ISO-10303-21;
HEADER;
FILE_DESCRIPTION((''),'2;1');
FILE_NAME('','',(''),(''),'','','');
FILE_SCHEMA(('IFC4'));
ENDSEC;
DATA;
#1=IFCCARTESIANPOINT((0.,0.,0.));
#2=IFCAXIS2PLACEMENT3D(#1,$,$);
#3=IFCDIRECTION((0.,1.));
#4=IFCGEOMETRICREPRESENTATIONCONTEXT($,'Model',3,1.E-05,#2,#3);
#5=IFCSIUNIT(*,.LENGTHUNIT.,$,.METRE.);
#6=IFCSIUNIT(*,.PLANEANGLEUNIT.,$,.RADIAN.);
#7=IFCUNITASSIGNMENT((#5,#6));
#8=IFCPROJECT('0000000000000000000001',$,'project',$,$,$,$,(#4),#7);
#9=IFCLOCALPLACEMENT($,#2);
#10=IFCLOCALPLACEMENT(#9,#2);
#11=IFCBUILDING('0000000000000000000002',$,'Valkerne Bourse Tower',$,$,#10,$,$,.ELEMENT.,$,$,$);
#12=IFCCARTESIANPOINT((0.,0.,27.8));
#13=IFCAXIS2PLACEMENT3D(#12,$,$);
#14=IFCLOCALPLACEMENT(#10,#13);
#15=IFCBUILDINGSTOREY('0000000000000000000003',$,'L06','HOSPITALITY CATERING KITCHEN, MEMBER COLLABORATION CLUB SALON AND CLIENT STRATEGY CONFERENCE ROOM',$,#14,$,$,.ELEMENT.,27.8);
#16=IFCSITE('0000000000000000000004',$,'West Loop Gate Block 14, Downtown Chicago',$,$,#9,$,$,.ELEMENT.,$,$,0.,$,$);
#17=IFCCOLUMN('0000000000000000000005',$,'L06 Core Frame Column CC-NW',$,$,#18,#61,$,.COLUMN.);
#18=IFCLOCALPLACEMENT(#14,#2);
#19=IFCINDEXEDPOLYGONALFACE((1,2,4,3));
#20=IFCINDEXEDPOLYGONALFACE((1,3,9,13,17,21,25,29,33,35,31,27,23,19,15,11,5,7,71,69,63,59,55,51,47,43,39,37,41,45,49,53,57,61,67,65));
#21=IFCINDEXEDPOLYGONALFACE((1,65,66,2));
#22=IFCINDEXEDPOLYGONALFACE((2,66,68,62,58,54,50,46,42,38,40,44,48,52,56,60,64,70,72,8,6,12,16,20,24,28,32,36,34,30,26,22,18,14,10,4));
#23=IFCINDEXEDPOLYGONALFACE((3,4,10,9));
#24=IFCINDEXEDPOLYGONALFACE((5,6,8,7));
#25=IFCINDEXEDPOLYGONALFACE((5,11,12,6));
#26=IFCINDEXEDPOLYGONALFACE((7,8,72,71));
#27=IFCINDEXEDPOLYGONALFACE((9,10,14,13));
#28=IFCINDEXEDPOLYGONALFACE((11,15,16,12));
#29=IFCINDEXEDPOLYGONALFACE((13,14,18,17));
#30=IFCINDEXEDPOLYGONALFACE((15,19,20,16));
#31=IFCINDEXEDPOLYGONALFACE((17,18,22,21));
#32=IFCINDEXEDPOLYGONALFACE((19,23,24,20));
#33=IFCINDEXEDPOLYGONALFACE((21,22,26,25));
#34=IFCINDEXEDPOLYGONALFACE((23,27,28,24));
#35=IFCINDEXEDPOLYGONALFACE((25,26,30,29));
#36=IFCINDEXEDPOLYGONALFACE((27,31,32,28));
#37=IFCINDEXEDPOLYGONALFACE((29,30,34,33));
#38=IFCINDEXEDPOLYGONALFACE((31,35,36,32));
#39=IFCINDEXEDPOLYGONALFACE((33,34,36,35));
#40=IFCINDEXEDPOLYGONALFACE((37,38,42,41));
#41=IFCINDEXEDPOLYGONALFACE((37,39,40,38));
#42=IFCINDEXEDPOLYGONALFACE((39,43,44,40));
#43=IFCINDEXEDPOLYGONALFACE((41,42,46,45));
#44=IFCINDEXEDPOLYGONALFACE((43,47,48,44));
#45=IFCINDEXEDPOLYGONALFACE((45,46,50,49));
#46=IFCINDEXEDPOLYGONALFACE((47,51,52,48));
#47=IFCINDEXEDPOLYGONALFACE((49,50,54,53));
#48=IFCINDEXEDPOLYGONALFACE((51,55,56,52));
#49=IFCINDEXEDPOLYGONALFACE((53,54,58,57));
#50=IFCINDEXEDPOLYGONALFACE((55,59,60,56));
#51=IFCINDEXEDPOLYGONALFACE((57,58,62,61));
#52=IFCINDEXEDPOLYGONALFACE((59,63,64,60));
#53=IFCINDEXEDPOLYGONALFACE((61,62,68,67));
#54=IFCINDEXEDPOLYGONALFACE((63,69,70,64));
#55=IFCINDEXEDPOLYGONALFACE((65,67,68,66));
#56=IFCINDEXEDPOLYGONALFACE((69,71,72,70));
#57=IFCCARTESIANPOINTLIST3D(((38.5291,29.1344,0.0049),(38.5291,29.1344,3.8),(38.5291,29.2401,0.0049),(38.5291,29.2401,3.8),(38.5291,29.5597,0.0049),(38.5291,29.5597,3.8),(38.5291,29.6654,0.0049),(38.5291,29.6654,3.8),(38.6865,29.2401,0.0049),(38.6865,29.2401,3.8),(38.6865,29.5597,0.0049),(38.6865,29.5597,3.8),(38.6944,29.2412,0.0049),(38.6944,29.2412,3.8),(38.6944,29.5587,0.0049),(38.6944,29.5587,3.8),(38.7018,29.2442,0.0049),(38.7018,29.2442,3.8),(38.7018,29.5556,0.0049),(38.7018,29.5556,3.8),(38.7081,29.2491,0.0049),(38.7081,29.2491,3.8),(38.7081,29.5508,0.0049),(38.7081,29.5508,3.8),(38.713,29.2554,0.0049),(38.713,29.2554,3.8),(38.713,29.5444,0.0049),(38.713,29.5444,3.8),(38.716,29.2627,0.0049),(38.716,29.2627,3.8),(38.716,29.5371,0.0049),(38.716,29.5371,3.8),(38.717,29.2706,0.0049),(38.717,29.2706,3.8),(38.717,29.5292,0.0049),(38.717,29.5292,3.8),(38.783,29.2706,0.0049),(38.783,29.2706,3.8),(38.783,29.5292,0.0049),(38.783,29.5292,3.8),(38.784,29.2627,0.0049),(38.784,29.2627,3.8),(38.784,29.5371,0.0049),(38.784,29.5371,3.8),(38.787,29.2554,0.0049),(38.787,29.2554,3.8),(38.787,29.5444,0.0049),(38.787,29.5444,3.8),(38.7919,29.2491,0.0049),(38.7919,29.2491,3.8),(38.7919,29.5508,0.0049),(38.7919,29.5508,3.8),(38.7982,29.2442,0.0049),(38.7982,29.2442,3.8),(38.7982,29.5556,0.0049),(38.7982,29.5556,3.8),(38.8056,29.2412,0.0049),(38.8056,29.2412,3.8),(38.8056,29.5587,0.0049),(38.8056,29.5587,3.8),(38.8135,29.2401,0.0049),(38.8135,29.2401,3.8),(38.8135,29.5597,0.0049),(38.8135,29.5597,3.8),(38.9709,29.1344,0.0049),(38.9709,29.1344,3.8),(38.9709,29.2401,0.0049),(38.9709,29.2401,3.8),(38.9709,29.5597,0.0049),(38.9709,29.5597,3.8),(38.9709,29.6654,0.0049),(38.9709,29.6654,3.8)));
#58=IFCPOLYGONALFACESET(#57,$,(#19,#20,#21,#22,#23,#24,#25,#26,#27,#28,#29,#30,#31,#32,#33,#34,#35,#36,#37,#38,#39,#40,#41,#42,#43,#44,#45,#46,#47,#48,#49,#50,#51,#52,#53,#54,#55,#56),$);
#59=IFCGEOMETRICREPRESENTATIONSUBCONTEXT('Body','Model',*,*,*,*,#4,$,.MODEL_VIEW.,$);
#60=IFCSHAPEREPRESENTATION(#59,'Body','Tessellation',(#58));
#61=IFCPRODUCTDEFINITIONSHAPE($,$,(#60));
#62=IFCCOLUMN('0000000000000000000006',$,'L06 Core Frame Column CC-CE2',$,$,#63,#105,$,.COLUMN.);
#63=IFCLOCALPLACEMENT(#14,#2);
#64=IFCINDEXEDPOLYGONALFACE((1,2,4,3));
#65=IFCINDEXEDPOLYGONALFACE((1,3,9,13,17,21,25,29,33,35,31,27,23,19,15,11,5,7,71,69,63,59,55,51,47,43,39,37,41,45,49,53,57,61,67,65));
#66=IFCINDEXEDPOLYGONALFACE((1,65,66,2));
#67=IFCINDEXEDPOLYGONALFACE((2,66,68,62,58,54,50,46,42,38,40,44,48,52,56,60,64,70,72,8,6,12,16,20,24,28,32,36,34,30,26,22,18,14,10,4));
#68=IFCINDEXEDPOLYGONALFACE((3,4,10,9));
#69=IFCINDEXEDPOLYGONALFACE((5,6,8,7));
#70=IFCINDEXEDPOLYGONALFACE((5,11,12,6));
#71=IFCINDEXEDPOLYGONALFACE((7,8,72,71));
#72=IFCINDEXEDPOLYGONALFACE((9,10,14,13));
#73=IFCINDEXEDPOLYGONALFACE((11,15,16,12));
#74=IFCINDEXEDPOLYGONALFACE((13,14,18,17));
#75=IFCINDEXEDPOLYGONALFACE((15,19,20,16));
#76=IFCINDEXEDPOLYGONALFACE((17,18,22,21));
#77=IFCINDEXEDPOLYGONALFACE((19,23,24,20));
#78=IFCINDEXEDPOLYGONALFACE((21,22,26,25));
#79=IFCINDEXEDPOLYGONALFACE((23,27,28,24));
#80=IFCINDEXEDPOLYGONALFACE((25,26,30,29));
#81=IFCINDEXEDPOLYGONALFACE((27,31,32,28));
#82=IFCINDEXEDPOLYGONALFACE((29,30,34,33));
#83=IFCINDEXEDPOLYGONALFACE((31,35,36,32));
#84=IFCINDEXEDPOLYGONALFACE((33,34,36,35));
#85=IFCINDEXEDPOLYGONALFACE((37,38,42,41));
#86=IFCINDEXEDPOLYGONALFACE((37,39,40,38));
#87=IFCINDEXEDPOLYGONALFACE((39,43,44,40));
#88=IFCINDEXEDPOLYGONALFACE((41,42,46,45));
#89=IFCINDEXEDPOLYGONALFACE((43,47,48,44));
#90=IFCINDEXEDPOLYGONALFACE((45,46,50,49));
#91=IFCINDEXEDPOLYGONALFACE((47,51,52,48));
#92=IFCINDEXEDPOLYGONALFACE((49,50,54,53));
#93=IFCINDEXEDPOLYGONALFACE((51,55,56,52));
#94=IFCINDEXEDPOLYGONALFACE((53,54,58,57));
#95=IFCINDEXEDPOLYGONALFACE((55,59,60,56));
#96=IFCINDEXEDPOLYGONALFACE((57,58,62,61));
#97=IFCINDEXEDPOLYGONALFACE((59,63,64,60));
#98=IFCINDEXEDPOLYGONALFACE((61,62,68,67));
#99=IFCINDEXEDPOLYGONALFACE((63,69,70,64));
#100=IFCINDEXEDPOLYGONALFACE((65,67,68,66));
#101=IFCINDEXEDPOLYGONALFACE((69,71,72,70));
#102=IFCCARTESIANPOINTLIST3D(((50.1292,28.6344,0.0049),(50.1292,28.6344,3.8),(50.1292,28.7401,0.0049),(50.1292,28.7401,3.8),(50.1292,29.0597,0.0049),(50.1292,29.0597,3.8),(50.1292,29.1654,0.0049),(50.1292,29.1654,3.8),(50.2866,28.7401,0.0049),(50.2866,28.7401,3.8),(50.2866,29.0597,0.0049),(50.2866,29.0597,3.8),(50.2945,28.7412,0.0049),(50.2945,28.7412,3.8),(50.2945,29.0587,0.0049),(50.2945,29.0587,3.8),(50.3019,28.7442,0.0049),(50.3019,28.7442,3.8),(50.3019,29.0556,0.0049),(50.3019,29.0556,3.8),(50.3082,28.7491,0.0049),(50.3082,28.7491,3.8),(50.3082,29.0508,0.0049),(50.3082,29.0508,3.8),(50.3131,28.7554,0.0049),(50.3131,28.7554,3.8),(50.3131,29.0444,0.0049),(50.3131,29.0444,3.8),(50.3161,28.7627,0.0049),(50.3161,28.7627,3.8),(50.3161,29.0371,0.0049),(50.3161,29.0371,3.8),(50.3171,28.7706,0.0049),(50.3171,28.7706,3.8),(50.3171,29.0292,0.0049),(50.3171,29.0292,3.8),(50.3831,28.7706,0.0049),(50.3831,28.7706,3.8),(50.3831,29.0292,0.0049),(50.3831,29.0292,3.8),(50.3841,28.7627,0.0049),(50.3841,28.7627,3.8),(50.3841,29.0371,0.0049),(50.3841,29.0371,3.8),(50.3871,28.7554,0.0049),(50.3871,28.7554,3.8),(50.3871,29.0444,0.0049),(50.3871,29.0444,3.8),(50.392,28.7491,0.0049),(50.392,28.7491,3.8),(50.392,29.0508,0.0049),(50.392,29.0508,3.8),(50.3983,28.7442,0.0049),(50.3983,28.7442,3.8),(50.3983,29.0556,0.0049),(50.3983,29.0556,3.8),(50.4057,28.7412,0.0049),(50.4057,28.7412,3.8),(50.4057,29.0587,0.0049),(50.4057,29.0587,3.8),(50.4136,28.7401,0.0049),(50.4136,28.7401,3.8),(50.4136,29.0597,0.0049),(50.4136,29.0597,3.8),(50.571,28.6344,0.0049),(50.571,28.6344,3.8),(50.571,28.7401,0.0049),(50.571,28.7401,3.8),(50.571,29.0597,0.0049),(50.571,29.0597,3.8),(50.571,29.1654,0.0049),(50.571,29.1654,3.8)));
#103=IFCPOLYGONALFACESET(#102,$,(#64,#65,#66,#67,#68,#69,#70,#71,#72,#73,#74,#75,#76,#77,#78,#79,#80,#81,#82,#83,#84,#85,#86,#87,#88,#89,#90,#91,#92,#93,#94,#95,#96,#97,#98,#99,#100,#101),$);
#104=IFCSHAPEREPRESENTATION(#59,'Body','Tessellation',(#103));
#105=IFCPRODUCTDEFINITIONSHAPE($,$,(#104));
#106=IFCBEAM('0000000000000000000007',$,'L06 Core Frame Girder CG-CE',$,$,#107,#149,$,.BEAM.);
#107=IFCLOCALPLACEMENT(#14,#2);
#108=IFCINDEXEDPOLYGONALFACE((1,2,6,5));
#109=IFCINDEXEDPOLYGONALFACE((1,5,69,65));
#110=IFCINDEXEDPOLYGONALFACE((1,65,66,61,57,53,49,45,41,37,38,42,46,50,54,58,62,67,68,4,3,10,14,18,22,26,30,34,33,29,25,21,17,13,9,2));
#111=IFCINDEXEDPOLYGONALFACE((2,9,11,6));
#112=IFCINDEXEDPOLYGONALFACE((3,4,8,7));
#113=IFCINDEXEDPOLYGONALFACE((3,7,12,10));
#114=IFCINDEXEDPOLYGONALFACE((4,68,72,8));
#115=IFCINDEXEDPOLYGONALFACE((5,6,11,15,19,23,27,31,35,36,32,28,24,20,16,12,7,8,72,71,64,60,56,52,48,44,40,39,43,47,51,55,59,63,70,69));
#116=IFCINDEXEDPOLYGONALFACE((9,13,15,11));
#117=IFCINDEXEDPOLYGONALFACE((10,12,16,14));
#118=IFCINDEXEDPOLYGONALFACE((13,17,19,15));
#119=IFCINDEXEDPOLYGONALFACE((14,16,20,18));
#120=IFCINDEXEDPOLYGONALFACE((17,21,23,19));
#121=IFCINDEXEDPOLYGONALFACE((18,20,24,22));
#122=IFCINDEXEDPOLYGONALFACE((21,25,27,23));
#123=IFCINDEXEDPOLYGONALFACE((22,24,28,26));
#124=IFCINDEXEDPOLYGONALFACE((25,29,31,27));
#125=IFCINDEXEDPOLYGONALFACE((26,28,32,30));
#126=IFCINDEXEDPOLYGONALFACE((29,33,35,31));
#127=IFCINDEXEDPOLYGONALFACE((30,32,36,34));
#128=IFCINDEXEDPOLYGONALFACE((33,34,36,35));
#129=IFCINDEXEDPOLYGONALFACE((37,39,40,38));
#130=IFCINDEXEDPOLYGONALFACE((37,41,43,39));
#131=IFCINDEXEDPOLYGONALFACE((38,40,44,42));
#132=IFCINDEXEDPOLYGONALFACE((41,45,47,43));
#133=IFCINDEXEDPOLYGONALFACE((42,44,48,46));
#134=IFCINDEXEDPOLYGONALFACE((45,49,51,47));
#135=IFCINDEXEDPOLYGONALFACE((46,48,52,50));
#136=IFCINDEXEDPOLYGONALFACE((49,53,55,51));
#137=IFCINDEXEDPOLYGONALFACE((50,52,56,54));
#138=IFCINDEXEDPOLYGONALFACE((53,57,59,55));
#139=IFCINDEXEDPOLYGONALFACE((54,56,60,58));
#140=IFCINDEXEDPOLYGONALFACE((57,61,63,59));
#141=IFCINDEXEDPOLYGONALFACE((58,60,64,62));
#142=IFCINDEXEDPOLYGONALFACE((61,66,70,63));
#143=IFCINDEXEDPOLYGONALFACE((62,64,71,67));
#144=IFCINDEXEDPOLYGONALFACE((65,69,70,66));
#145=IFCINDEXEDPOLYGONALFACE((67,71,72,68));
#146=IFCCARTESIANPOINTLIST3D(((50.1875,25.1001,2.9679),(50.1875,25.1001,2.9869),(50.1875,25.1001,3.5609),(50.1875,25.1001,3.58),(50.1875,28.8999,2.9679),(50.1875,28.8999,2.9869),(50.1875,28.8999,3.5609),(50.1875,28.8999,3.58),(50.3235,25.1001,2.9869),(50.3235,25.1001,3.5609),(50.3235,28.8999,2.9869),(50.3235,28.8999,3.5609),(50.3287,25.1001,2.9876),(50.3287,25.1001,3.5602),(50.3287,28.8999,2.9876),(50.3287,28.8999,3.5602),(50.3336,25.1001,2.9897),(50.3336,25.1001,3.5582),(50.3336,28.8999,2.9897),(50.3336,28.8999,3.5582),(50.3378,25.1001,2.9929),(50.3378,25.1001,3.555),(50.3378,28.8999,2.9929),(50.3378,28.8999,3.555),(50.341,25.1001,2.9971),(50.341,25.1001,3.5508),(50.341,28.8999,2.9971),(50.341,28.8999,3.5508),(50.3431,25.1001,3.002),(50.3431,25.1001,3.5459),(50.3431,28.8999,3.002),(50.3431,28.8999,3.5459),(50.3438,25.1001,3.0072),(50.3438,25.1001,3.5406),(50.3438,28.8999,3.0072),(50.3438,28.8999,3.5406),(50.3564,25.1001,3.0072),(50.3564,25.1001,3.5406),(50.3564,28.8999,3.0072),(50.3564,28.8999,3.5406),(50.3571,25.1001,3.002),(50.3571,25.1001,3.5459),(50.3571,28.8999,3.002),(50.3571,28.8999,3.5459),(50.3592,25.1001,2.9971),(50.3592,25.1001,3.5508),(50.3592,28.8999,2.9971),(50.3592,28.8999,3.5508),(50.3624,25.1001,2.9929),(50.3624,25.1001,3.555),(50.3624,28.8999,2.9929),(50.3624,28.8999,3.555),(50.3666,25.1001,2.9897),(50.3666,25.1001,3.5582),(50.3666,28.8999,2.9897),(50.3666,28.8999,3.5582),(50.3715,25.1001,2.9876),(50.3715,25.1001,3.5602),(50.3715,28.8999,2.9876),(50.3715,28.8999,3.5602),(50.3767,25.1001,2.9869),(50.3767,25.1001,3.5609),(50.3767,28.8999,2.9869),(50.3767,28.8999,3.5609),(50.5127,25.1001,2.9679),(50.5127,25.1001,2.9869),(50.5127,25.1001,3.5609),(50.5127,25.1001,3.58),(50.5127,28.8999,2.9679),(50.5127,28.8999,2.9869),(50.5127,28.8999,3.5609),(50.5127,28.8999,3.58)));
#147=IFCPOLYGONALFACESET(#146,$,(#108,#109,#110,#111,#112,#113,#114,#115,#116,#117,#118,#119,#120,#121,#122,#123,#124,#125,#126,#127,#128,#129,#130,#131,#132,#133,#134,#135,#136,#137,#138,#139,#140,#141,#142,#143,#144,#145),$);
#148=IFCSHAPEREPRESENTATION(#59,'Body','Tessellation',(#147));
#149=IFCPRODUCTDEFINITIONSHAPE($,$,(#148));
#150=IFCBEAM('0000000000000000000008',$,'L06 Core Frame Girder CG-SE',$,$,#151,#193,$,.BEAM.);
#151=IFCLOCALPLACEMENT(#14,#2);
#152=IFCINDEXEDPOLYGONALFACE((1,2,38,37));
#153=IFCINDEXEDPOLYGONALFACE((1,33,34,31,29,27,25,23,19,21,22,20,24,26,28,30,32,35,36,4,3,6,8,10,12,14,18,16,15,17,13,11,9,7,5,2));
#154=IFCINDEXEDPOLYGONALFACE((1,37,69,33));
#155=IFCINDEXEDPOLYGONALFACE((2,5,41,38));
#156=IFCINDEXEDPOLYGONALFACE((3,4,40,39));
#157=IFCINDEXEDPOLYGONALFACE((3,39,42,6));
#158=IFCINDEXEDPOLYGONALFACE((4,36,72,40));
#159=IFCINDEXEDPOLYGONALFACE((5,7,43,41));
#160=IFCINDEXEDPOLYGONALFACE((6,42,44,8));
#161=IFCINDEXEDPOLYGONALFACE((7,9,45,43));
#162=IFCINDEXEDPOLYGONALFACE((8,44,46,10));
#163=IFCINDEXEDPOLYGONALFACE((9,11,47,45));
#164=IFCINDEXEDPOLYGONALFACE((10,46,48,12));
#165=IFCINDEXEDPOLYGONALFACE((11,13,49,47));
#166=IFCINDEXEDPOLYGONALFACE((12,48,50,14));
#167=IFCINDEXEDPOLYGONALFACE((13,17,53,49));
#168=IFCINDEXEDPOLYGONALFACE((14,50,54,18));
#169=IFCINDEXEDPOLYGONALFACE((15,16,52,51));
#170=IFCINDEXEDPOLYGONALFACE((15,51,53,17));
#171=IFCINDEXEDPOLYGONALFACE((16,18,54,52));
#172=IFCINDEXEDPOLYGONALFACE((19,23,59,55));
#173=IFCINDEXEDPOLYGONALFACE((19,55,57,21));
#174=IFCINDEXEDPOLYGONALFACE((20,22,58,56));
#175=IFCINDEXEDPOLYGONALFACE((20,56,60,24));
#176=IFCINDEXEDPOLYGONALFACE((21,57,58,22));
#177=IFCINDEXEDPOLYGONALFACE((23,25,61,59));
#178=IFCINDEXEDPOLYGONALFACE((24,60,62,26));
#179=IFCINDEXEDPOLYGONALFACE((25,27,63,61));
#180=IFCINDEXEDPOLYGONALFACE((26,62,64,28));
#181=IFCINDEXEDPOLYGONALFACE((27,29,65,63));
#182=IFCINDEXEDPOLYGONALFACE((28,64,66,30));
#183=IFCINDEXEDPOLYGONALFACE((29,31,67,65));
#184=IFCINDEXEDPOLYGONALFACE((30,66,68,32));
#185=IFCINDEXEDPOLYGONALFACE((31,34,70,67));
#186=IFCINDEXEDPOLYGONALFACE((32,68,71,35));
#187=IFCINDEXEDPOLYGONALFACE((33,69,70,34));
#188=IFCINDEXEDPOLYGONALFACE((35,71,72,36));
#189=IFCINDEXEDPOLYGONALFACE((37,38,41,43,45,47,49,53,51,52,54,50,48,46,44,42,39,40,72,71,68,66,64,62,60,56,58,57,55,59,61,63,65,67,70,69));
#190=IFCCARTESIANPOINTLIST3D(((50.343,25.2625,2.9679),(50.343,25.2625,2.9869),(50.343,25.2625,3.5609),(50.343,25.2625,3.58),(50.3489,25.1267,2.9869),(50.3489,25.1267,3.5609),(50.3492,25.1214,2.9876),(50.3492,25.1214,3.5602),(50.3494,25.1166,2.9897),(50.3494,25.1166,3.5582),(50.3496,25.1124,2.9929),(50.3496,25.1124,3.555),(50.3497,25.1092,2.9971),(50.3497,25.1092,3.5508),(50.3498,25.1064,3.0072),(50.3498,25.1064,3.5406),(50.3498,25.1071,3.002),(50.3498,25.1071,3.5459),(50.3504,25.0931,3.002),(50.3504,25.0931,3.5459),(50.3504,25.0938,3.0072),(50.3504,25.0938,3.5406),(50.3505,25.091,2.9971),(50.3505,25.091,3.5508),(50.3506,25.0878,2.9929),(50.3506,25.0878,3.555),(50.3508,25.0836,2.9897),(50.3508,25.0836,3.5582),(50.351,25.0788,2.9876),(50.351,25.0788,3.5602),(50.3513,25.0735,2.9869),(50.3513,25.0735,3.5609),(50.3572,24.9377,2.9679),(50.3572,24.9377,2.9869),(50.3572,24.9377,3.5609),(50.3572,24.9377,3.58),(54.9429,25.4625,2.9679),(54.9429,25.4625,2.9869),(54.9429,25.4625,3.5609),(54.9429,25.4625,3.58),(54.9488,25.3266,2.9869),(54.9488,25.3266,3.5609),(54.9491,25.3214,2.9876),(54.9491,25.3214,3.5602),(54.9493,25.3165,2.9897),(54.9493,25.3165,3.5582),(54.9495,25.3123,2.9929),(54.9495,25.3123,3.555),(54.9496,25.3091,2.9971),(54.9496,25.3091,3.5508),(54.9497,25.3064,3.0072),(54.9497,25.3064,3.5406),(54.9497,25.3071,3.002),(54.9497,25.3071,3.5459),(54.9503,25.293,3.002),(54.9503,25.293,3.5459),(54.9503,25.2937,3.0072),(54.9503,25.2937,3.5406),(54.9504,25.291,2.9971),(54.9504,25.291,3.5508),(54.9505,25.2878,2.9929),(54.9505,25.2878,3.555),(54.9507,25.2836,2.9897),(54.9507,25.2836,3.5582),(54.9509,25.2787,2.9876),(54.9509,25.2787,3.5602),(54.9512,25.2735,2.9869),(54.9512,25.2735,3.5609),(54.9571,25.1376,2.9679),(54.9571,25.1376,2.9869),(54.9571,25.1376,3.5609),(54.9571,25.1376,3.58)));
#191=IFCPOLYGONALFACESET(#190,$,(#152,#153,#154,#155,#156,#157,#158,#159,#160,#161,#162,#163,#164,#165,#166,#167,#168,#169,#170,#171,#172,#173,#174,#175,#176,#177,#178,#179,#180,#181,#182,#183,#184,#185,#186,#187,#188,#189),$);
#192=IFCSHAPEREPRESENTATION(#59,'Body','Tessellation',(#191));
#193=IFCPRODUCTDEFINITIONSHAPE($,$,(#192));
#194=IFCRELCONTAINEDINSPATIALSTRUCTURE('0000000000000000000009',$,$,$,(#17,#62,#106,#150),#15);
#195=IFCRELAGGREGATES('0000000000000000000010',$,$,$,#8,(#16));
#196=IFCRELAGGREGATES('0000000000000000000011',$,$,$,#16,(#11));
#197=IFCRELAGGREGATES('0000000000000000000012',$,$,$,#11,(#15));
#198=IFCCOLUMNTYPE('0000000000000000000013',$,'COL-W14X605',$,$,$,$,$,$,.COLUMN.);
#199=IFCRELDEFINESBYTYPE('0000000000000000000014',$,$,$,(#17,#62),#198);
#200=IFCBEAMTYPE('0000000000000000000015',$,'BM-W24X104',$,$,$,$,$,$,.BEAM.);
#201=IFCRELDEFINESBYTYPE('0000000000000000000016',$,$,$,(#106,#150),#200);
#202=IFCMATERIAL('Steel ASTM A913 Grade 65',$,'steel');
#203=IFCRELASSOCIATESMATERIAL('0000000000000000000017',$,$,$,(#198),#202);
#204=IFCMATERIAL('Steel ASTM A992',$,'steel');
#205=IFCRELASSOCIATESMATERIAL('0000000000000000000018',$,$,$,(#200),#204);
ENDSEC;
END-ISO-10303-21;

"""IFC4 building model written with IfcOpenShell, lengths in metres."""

from ifc_helpers import new_model, si_unit, direction, frame, origin, origin_2d, place, context, subcontext, project, spatial, i_section, extrude, material, material_profile, profile_set, type_object, element, save


model = new_model("IFC4")

# Units and contexts
model_context = context("Model", 3, precision=1e-05, world=origin(), true_north=direction((0.0, 1.0)))
body_context = subcontext(model_context, "Body", "Model", "MODEL_VIEW")
ifc_project = project(units=[si_unit("LENGTHUNIT", "METRE"), si_unit("PLANEANGLEUNIT", "RADIAN")], contexts=[model_context])

# Site, building, storey
site_placement = place(None, origin())
site = spatial("IfcSite", under=ifc_project, at=site_placement, Name="West Loop Gate Block 14, Downtown Chicago", CompositionType="ELEMENT", RefElevation=0.0)
building_placement = place(site_placement, origin())
building = spatial("IfcBuilding", under=site, at=building_placement, Name="Valkerne Bourse Tower", CompositionType="ELEMENT")
storey_placement = place(building_placement, frame((0.0, 0.0, 27.8)))
storey = spatial("IfcBuildingStorey", under=building, at=storey_placement, Name="L06", Description="HOSPITALITY CATERING KITCHEN, MEMBER COLLABORATION CLUB SALON AND CLIENT STRATEGY CONFERENCE ROOM", CompositionType="ELEMENT", Elevation=27.8)

# Columns
ifc_material_1 = material(Name="Steel ASTM A913 Grade 65", Category="steel")
ifc_material_profile_1 = material_profile(ifc_material_1, i_section(OverallWidth=0.4419, OverallDepth=0.531, WebThickness=0.0659, FlangeThickness=0.1057, FilletRadius=0.0305, at=origin_2d()), Name="W14X605")
ifc_profile_set_1 = profile_set([ifc_material_profile_1], Name="Steel ASTM A913 Grade 65")
column_type = type_object("IfcColumnType", Name="COL-W14X605", PredefinedType="COLUMN", material=ifc_profile_set_1)
for number, where, z_axis, x_axis, name in (
    (1, (38.75, 29.3999, 0.0049), (0.0, 0.0, 1.0), (1.0, 0.0, 0.0), "L06 Core Frame Column CC-NW"),
    (2, (50.3501, 28.8999, 0.0049), (0.0, 0.0, 1.0), (1.0, 0.0, 0.0), "L06 Core Frame Column CC-CE2"),
):
    element("IfcColumn", number, at=place(storey_placement, frame(where, z_axis=z_axis, x_axis=x_axis)), inside=storey, type_object=column_type, Name=name, PredefinedType="COLUMN", context=body_context, shape_type="SweptSolid", body=[
        extrude(i_section(OverallWidth=0.4419, OverallDepth=0.531, WebThickness=0.0659, FlangeThickness=0.1057, FilletRadius=0.0305, at=origin_2d()), origin(), (0.0, 0.0, 1.0), 3.7952),
    ])

# Beams
ifc_material_2 = material(Name="Steel ASTM A992", Category="steel")
ifc_material_profile_2 = material_profile(ifc_material_2, i_section(OverallWidth=0.3252, OverallDepth=0.6121, WebThickness=0.0127, FlangeThickness=0.019, FilletRadius=0.0203, at=origin_2d()), Name="W24X104")
ifc_profile_set_2 = profile_set([ifc_material_profile_2], Name="Steel ASTM A992")
beam_type = type_object("IfcBeamType", Name="BM-W24X104", PredefinedType="BEAM", material=ifc_profile_set_2)
beam_1_placement = place(storey_placement, frame((50.3501, 25.1001, 3.2739), z_axis=(0.0, 1.0, 0.0), x_axis=(-1.0, 0.0, 0.0)))
element("IfcBeam", 3, at=beam_1_placement, inside=storey, type_object=beam_type, Name="L06 Core Frame Girder CG-CE", PredefinedType="BEAM", context=body_context, shape_type="SweptSolid", body=[
    extrude(i_section(OverallWidth=0.3252, OverallDepth=0.6121, WebThickness=0.0127, FlangeThickness=0.019, FilletRadius=0.0203, at=origin_2d()), origin(), (0.0, 0.0, 1.0), 3.7998),
])
beam_2_placement = place(storey_placement, frame((50.3501, 25.1001, 3.2739), z_axis=(0.999057, 0.043428, 0.0), x_axis=(-0.043428, 0.999057, 0.0)))
element("IfcBeam", 4, at=beam_2_placement, inside=storey, type_object=beam_type, Name="L06 Core Frame Girder CG-SE", PredefinedType="BEAM", context=body_context, shape_type="SweptSolid", body=[
    extrude(i_section(OverallWidth=0.3252, OverallDepth=0.6121, WebThickness=0.0127, FlangeThickness=0.019, FilletRadius=0.0203, at=origin_2d()), origin(), (0.0, 0.0, 1.0), 4.6042),
])

save(model, "model.ifc")
